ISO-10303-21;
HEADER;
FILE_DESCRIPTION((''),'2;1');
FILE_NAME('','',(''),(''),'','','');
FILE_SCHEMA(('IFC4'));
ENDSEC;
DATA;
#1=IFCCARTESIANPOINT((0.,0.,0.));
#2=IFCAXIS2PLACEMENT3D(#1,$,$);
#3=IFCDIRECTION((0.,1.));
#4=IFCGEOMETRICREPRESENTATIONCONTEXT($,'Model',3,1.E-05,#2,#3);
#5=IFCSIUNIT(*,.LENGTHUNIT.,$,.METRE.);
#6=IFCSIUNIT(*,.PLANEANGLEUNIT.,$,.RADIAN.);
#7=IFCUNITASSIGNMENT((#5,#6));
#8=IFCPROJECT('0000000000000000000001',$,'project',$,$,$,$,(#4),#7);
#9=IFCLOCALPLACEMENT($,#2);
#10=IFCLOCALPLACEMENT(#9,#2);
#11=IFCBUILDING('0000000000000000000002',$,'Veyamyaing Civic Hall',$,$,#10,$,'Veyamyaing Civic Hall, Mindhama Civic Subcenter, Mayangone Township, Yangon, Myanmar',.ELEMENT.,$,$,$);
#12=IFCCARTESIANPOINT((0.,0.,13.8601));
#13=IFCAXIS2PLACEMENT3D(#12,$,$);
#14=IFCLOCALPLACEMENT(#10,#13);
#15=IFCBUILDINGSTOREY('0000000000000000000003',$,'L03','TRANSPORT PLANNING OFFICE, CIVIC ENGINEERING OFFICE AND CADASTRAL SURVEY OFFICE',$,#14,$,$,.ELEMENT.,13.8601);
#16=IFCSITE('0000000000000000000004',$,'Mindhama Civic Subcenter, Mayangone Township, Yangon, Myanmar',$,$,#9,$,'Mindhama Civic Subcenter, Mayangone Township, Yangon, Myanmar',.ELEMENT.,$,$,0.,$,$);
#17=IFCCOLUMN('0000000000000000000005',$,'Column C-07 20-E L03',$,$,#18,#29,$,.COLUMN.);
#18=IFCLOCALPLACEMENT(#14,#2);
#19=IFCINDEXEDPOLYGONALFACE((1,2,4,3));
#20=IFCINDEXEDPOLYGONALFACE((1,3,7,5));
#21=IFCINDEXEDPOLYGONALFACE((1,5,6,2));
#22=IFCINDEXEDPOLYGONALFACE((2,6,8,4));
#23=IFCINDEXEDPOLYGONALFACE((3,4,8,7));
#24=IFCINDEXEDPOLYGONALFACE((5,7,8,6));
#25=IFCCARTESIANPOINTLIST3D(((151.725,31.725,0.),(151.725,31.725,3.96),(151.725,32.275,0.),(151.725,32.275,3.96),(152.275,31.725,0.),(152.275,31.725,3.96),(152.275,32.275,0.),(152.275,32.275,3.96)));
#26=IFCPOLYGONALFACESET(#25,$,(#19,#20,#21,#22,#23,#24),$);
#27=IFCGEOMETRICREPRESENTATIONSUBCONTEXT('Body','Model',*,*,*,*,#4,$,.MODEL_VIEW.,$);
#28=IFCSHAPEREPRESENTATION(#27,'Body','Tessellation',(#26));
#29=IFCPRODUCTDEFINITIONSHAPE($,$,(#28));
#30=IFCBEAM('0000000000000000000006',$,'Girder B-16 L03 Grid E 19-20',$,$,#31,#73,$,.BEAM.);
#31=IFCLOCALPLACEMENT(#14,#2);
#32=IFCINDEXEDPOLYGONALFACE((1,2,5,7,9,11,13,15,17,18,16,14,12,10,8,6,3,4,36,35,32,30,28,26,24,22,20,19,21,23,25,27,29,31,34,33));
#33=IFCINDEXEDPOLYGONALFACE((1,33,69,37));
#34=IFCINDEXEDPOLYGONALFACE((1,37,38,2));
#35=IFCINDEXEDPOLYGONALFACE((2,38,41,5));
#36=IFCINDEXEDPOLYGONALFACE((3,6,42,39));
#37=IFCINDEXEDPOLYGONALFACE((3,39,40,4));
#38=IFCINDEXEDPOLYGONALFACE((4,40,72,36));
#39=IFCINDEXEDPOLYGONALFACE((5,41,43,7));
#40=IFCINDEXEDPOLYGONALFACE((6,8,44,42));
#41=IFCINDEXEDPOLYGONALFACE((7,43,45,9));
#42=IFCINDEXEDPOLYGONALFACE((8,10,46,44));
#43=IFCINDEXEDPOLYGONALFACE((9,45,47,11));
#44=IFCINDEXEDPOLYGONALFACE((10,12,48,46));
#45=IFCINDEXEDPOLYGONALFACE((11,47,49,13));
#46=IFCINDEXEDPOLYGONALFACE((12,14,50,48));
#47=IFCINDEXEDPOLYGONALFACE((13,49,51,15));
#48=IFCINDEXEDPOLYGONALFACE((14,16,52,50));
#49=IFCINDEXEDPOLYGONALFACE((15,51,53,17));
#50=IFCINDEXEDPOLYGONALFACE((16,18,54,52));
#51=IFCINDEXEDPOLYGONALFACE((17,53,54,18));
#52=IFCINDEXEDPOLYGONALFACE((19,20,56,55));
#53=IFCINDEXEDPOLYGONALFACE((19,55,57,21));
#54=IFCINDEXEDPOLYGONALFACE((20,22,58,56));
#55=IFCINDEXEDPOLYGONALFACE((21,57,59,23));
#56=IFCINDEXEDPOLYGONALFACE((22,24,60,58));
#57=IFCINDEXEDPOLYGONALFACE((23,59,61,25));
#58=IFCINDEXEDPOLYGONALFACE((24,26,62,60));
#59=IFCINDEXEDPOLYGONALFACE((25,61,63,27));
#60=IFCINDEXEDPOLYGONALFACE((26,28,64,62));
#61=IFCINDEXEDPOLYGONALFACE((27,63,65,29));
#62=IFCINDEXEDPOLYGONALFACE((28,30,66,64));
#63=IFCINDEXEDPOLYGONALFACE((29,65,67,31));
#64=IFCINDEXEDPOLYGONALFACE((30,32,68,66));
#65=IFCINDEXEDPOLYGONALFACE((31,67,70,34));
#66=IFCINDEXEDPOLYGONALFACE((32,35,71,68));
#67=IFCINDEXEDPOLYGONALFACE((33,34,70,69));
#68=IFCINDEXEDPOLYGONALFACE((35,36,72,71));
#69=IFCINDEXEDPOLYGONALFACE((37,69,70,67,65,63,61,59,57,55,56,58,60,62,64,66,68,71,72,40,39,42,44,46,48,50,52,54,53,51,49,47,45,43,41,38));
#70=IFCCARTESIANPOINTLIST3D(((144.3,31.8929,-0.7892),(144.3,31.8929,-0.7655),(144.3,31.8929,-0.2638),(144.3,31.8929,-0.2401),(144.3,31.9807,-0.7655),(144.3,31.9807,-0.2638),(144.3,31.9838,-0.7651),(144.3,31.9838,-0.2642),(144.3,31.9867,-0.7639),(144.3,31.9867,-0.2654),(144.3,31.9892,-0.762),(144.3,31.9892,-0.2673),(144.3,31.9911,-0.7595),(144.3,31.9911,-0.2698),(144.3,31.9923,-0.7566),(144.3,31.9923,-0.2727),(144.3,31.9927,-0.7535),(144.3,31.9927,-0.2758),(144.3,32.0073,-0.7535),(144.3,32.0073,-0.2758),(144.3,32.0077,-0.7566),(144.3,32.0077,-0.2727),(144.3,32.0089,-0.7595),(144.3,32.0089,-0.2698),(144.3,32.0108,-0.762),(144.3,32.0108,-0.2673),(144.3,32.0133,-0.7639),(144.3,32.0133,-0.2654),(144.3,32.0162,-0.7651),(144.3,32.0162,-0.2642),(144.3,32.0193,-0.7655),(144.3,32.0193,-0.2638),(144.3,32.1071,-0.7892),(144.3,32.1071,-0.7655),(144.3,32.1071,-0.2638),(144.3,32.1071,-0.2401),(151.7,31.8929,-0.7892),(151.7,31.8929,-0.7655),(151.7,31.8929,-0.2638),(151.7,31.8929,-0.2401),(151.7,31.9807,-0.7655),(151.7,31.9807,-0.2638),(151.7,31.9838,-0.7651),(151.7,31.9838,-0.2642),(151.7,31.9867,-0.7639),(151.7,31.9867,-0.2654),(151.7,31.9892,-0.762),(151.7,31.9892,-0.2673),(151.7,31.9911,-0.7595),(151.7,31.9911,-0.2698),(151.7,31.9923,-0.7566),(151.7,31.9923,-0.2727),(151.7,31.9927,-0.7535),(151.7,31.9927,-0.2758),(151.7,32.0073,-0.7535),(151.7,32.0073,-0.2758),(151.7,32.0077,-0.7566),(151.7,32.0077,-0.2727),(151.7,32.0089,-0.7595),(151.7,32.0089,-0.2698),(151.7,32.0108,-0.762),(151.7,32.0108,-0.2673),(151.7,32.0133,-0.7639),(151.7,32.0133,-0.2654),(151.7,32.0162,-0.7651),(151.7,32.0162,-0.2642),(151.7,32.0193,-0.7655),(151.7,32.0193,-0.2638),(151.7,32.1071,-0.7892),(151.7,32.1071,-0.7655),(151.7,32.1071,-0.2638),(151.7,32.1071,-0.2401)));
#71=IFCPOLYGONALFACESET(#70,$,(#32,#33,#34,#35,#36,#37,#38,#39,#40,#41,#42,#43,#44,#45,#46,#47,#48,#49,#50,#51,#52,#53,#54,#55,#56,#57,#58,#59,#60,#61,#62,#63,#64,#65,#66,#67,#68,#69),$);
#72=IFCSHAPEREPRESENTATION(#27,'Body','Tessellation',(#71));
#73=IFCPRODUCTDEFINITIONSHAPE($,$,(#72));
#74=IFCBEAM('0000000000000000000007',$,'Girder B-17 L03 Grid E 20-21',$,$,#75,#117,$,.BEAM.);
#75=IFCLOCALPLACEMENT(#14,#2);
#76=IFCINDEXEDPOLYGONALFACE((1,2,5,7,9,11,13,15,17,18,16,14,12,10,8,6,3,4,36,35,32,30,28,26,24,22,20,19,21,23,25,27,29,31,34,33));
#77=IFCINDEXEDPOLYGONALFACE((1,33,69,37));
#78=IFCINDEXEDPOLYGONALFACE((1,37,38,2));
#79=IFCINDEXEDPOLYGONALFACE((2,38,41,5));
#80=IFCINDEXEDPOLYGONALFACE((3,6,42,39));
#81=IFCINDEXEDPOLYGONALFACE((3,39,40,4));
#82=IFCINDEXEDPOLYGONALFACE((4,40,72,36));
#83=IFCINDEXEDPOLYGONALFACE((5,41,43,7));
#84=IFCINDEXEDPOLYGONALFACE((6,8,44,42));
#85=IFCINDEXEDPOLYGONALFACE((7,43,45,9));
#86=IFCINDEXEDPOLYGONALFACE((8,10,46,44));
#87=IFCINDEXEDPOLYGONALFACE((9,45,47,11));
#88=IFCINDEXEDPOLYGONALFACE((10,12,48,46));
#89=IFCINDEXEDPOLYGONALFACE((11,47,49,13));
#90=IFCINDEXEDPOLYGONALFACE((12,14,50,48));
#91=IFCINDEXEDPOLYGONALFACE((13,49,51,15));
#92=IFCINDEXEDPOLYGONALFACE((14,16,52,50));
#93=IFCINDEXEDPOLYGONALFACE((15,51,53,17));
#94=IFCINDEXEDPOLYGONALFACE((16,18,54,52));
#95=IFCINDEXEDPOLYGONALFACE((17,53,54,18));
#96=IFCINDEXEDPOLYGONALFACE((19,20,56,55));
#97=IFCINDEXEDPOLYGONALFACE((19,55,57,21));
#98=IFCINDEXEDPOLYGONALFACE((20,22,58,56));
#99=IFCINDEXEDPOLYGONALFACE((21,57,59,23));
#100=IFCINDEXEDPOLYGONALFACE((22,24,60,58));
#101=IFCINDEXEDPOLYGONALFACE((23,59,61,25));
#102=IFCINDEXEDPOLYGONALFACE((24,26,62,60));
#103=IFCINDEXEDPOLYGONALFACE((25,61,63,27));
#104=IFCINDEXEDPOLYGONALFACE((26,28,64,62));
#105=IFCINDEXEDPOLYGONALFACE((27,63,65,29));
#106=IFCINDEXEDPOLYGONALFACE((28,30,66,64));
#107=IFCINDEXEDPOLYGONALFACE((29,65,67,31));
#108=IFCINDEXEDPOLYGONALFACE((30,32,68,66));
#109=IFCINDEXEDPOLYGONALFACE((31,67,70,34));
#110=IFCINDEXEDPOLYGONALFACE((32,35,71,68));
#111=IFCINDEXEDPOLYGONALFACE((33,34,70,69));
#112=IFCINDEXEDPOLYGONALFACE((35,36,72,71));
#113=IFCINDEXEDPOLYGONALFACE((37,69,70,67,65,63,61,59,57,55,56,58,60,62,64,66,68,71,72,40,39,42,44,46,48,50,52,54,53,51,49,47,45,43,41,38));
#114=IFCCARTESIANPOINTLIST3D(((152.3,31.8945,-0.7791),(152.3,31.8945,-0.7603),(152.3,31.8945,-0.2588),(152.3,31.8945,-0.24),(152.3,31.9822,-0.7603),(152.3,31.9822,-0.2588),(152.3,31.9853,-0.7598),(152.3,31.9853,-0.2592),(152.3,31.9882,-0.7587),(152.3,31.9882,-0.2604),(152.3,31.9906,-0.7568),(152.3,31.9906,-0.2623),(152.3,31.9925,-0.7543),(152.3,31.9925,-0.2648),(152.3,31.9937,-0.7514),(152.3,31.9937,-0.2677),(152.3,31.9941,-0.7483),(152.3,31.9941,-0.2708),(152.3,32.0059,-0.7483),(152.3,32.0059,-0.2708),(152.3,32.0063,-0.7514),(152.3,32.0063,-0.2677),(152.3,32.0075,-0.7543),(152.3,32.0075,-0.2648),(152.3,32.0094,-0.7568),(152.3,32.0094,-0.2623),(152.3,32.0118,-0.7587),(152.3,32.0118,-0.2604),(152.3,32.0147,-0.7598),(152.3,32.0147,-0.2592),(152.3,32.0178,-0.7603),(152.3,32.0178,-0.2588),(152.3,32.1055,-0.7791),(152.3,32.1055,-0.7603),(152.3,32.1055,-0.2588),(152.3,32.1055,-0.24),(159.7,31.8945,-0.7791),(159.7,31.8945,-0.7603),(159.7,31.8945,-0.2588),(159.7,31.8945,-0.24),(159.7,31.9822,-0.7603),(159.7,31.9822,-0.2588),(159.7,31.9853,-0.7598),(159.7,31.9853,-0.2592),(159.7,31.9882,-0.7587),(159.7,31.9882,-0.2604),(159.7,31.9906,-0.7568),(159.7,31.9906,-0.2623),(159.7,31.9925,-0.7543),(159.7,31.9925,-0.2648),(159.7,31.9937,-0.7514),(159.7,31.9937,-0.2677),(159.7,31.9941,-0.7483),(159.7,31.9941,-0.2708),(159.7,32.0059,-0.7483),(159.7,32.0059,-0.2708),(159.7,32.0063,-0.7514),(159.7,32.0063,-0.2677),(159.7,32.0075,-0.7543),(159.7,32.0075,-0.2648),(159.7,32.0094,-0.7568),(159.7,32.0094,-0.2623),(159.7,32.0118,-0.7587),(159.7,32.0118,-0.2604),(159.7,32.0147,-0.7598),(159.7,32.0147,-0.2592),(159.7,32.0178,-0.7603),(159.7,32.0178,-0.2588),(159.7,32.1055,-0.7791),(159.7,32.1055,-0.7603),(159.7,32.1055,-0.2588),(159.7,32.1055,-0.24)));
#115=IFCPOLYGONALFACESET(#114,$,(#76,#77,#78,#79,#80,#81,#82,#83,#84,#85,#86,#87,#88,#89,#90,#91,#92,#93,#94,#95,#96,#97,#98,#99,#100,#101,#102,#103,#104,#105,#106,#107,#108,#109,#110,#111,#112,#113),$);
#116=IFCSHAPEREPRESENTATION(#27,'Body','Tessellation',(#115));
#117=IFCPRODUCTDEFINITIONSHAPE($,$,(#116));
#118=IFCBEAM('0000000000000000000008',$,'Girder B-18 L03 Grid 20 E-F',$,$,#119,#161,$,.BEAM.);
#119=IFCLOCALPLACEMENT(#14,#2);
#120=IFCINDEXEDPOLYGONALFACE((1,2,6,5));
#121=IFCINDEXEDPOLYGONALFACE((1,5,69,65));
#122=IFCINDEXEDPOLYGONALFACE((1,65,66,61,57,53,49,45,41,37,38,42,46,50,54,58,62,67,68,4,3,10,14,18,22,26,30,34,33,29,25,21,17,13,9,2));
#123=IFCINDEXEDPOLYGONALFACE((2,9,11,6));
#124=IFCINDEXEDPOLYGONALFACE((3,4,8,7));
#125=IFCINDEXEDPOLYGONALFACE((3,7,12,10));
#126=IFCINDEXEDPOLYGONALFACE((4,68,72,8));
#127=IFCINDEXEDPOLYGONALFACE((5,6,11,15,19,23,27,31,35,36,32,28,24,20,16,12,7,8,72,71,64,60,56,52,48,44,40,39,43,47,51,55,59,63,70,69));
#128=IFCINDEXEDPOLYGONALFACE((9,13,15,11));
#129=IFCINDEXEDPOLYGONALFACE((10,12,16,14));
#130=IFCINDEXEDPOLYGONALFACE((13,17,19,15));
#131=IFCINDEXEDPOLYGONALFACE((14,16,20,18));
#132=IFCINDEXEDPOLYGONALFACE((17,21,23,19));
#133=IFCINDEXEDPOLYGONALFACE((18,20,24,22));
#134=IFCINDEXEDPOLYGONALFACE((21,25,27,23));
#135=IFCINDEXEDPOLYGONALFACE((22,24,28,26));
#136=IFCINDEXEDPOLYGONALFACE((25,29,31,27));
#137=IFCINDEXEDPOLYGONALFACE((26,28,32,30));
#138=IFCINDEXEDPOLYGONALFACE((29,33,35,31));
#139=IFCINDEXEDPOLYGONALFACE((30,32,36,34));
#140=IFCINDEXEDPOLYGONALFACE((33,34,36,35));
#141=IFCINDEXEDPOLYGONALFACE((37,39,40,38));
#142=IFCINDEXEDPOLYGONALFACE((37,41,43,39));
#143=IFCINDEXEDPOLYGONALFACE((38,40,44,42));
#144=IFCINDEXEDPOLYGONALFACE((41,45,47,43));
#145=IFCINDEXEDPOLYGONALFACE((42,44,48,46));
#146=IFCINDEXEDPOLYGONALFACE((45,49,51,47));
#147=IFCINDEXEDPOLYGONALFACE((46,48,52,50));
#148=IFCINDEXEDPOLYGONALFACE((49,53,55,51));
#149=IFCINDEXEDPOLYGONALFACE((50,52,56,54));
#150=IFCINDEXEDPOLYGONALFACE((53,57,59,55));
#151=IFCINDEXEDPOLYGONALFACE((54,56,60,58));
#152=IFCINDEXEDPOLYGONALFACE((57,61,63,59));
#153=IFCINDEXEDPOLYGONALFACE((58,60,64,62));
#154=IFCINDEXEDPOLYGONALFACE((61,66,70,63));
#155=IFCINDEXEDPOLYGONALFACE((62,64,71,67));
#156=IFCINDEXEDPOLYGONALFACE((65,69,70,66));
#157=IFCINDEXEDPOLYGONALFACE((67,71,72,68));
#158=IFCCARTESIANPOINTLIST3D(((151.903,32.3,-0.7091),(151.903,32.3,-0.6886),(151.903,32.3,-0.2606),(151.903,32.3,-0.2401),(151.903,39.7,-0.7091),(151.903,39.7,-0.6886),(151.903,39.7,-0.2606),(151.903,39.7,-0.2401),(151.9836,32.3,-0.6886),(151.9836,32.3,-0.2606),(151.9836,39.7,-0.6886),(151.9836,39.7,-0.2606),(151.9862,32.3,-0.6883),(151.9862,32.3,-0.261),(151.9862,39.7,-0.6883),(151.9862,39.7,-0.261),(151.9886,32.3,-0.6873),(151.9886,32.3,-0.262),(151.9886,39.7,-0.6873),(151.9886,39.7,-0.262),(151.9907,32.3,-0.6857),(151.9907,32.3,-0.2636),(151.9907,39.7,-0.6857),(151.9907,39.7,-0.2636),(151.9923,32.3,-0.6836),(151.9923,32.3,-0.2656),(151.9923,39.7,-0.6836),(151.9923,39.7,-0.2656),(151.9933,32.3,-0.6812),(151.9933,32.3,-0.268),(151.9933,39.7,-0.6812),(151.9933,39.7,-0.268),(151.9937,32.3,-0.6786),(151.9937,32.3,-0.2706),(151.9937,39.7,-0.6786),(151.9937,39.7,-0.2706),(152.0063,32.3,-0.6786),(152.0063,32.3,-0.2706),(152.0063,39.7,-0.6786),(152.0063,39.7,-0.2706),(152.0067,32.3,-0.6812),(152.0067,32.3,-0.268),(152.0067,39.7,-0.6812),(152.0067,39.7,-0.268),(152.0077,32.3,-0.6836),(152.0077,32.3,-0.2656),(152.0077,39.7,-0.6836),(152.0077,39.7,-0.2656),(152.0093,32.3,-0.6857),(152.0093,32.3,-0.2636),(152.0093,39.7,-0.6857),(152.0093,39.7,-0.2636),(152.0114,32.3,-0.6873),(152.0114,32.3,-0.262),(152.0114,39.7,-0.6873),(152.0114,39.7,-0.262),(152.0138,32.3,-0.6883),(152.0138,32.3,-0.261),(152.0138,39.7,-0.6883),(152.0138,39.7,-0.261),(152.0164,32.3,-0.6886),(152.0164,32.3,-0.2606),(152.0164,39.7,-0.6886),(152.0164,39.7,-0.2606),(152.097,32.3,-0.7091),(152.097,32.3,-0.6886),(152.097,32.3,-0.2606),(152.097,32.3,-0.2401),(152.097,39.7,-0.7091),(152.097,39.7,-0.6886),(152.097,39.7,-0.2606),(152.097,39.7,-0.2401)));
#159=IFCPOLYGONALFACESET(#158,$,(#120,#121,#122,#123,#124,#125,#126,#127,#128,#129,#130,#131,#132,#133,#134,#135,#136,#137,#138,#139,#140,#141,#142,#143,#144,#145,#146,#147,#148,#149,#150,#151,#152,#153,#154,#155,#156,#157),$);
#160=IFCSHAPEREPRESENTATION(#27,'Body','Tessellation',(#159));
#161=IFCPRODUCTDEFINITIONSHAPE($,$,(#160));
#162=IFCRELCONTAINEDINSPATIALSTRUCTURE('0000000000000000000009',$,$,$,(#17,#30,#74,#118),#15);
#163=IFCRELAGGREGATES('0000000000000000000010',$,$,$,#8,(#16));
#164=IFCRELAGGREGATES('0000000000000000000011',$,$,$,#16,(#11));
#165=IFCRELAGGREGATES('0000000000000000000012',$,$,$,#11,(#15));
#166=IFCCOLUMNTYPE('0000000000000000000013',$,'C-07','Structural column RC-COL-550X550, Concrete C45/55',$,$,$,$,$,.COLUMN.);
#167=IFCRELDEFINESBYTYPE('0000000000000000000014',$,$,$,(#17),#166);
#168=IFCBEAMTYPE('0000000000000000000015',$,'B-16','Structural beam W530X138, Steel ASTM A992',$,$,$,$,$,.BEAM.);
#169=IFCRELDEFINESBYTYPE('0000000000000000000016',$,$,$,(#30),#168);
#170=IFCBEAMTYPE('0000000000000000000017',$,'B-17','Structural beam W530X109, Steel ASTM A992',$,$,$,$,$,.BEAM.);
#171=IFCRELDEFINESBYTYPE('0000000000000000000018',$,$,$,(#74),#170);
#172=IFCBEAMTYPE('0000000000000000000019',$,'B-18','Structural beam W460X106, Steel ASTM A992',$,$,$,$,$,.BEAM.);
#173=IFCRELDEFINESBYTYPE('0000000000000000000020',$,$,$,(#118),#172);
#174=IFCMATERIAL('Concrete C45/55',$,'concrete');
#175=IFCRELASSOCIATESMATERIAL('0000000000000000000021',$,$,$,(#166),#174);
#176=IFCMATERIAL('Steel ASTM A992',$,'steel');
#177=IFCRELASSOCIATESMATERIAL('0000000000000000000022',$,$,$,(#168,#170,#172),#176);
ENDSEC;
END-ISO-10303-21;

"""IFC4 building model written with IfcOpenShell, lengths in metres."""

from ifc_helpers import new_model, si_unit, direction, frame, origin, origin_2d, place, context, subcontext, project, spatial, rectangle, i_section, extrude, material, material_profile, profile_set, type_object, element, save


model = new_model("IFC4")

# Units and contexts
model_context = context("Model", 3, precision=1e-05, world=origin(), true_north=direction((0.0, 1.0)))
body_context = subcontext(model_context, "Body", "Model", "MODEL_VIEW")
ifc_project = project(units=[si_unit("LENGTHUNIT", "METRE"), si_unit("PLANEANGLEUNIT", "RADIAN")], contexts=[model_context])

# Site, building, storey
site_placement = place(None, origin())
site = spatial("IfcSite", under=ifc_project, at=site_placement, Name="Mindhama Civic Subcenter, Mayangone Township, Yangon, Myanmar", LongName="Mindhama Civic Subcenter, Mayangone Township, Yangon, Myanmar", CompositionType="ELEMENT", RefElevation=0.0)
building_placement = place(site_placement, origin())
building = spatial("IfcBuilding", under=site, at=building_placement, Name="Veyamyaing Civic Hall", LongName="Veyamyaing Civic Hall, Mindhama Civic Subcenter, Mayangone Township, Yangon, Myanmar", CompositionType="ELEMENT")
storey_placement = place(building_placement, frame((0.0, 0.0, 13.8601)))
storey = spatial("IfcBuildingStorey", under=building, at=storey_placement, Name="L03", Description="TRANSPORT PLANNING OFFICE, CIVIC ENGINEERING OFFICE AND CADASTRAL SURVEY OFFICE", CompositionType="ELEMENT", Elevation=13.8601)

# Column
ifc_material_1 = material(Name="Concrete C45/55", Category="concrete")
ifc_material_profile_1 = material_profile(ifc_material_1, rectangle(XDim=0.55, YDim=0.55, at=origin_2d()), Name="RC-COL-550X550")
ifc_profile_set_1 = profile_set([ifc_material_profile_1], Name="Concrete C45/55")
column_type = type_object("IfcColumnType", Name="C-07", Description="Structural column RC-COL-550X550, Concrete C45/55", PredefinedType="COLUMN", material=ifc_profile_set_1)
column_placement = place(storey_placement, frame((152.0, 32.0, 0.0), z_axis=(0.0, 0.0, 1.0), x_axis=(1.0, 0.0, 0.0)))
element("IfcColumn", 1, at=column_placement, inside=storey, type_object=column_type, Name="Column C-07 20-E L03", PredefinedType="COLUMN", context=body_context, shape_type="SweptSolid", body=[
    extrude(rectangle(XDim=0.55, YDim=0.55, at=origin_2d()), origin(), (0.0, 0.0, 1.0), 3.96),
])

# Beams
ifc_material_2 = material(Name="Steel ASTM A992", Category="steel")
ifc_material_profile_2 = material_profile(ifc_material_2, i_section(OverallWidth=0.2141, OverallDepth=0.5491, WebThickness=0.0146, FlangeThickness=0.0237, FilletRadius=0.012, at=origin_2d()), Name="W530X138")
ifc_profile_set_2 = profile_set([ifc_material_profile_2], Name="Steel ASTM A992")
beam_type_1 = type_object("IfcBeamType", Name="B-16", Description="Structural beam W530X138, Steel ASTM A992", PredefinedType="BEAM", material=ifc_profile_set_2)
beam_1_placement = place(storey_placement, frame((144.3, 32.0, -0.5146), z_axis=(1.0, 0.0, 0.0), x_axis=(0.0, 1.0, 0.0)))
element("IfcBeam", 2, at=beam_1_placement, inside=storey, type_object=beam_type_1, Name="Girder B-16 L03 Grid E 19-20", PredefinedType="BEAM", context=body_context, shape_type="SweptSolid", body=[
    extrude(i_section(OverallWidth=0.2141, OverallDepth=0.5491, WebThickness=0.0146, FlangeThickness=0.0237, FilletRadius=0.012, at=origin_2d()), origin(), (0.0, 0.0, 1.0), 7.3999),
])
ifc_material_profile_3 = material_profile(ifc_material_2, i_section(OverallWidth=0.2109, OverallDepth=0.5391, WebThickness=0.0117, FlangeThickness=0.0188, FilletRadius=0.012, at=origin_2d()), Name="W530X109")
ifc_profile_set_3 = profile_set([ifc_material_profile_3], Name="Steel ASTM A992")
beam_type_2 = type_object("IfcBeamType", Name="B-17", Description="Structural beam W530X109, Steel ASTM A992", PredefinedType="BEAM", material=ifc_profile_set_3)
beam_2_placement = place(storey_placement, frame((152.3, 32.0, -0.5095), z_axis=(1.0, 0.0, 0.0), x_axis=(0.0, 1.0, 0.0)))
element("IfcBeam", 3, at=beam_2_placement, inside=storey, type_object=beam_type_2, Name="Girder B-17 L03 Grid E 20-21", PredefinedType="BEAM", context=body_context, shape_type="SweptSolid", body=[
    extrude(i_section(OverallWidth=0.2109, OverallDepth=0.5391, WebThickness=0.0117, FlangeThickness=0.0188, FilletRadius=0.012, at=origin_2d()), origin(), (0.0, 0.0, 1.0), 7.3999),
])
ifc_material_profile_4 = material_profile(ifc_material_2, i_section(OverallWidth=0.1941, OverallDepth=0.469, WebThickness=0.0127, FlangeThickness=0.0205, FilletRadius=0.01, at=origin_2d()), Name="W460X106")
ifc_profile_set_4 = profile_set([ifc_material_profile_4], Name="Steel ASTM A992")
beam_type_3 = type_object("IfcBeamType", Name="B-18", Description="Structural beam W460X106, Steel ASTM A992", PredefinedType="BEAM", material=ifc_profile_set_4)
for number, where, z_axis, x_axis, name in (
    (4, (152.0, 32.3, -0.4746), (0.0, 1.0, 0.0), (-1.0, 0.0, 0.0), "Girder B-18 L03 Grid 20 E-F"),
):
    element("IfcBeam", number, at=place(storey_placement, frame(where, z_axis=z_axis, x_axis=x_axis)), inside=storey, type_object=beam_type_3, Name=name, PredefinedType="BEAM", context=body_context, shape_type="SweptSolid", body=[
        extrude(i_section(OverallWidth=0.1941, OverallDepth=0.469, WebThickness=0.0127, FlangeThickness=0.0205, FilletRadius=0.01, at=origin_2d()), origin(), (0.0, 0.0, 1.0), 7.3999),
    ])

save(model, "model.ifc")
